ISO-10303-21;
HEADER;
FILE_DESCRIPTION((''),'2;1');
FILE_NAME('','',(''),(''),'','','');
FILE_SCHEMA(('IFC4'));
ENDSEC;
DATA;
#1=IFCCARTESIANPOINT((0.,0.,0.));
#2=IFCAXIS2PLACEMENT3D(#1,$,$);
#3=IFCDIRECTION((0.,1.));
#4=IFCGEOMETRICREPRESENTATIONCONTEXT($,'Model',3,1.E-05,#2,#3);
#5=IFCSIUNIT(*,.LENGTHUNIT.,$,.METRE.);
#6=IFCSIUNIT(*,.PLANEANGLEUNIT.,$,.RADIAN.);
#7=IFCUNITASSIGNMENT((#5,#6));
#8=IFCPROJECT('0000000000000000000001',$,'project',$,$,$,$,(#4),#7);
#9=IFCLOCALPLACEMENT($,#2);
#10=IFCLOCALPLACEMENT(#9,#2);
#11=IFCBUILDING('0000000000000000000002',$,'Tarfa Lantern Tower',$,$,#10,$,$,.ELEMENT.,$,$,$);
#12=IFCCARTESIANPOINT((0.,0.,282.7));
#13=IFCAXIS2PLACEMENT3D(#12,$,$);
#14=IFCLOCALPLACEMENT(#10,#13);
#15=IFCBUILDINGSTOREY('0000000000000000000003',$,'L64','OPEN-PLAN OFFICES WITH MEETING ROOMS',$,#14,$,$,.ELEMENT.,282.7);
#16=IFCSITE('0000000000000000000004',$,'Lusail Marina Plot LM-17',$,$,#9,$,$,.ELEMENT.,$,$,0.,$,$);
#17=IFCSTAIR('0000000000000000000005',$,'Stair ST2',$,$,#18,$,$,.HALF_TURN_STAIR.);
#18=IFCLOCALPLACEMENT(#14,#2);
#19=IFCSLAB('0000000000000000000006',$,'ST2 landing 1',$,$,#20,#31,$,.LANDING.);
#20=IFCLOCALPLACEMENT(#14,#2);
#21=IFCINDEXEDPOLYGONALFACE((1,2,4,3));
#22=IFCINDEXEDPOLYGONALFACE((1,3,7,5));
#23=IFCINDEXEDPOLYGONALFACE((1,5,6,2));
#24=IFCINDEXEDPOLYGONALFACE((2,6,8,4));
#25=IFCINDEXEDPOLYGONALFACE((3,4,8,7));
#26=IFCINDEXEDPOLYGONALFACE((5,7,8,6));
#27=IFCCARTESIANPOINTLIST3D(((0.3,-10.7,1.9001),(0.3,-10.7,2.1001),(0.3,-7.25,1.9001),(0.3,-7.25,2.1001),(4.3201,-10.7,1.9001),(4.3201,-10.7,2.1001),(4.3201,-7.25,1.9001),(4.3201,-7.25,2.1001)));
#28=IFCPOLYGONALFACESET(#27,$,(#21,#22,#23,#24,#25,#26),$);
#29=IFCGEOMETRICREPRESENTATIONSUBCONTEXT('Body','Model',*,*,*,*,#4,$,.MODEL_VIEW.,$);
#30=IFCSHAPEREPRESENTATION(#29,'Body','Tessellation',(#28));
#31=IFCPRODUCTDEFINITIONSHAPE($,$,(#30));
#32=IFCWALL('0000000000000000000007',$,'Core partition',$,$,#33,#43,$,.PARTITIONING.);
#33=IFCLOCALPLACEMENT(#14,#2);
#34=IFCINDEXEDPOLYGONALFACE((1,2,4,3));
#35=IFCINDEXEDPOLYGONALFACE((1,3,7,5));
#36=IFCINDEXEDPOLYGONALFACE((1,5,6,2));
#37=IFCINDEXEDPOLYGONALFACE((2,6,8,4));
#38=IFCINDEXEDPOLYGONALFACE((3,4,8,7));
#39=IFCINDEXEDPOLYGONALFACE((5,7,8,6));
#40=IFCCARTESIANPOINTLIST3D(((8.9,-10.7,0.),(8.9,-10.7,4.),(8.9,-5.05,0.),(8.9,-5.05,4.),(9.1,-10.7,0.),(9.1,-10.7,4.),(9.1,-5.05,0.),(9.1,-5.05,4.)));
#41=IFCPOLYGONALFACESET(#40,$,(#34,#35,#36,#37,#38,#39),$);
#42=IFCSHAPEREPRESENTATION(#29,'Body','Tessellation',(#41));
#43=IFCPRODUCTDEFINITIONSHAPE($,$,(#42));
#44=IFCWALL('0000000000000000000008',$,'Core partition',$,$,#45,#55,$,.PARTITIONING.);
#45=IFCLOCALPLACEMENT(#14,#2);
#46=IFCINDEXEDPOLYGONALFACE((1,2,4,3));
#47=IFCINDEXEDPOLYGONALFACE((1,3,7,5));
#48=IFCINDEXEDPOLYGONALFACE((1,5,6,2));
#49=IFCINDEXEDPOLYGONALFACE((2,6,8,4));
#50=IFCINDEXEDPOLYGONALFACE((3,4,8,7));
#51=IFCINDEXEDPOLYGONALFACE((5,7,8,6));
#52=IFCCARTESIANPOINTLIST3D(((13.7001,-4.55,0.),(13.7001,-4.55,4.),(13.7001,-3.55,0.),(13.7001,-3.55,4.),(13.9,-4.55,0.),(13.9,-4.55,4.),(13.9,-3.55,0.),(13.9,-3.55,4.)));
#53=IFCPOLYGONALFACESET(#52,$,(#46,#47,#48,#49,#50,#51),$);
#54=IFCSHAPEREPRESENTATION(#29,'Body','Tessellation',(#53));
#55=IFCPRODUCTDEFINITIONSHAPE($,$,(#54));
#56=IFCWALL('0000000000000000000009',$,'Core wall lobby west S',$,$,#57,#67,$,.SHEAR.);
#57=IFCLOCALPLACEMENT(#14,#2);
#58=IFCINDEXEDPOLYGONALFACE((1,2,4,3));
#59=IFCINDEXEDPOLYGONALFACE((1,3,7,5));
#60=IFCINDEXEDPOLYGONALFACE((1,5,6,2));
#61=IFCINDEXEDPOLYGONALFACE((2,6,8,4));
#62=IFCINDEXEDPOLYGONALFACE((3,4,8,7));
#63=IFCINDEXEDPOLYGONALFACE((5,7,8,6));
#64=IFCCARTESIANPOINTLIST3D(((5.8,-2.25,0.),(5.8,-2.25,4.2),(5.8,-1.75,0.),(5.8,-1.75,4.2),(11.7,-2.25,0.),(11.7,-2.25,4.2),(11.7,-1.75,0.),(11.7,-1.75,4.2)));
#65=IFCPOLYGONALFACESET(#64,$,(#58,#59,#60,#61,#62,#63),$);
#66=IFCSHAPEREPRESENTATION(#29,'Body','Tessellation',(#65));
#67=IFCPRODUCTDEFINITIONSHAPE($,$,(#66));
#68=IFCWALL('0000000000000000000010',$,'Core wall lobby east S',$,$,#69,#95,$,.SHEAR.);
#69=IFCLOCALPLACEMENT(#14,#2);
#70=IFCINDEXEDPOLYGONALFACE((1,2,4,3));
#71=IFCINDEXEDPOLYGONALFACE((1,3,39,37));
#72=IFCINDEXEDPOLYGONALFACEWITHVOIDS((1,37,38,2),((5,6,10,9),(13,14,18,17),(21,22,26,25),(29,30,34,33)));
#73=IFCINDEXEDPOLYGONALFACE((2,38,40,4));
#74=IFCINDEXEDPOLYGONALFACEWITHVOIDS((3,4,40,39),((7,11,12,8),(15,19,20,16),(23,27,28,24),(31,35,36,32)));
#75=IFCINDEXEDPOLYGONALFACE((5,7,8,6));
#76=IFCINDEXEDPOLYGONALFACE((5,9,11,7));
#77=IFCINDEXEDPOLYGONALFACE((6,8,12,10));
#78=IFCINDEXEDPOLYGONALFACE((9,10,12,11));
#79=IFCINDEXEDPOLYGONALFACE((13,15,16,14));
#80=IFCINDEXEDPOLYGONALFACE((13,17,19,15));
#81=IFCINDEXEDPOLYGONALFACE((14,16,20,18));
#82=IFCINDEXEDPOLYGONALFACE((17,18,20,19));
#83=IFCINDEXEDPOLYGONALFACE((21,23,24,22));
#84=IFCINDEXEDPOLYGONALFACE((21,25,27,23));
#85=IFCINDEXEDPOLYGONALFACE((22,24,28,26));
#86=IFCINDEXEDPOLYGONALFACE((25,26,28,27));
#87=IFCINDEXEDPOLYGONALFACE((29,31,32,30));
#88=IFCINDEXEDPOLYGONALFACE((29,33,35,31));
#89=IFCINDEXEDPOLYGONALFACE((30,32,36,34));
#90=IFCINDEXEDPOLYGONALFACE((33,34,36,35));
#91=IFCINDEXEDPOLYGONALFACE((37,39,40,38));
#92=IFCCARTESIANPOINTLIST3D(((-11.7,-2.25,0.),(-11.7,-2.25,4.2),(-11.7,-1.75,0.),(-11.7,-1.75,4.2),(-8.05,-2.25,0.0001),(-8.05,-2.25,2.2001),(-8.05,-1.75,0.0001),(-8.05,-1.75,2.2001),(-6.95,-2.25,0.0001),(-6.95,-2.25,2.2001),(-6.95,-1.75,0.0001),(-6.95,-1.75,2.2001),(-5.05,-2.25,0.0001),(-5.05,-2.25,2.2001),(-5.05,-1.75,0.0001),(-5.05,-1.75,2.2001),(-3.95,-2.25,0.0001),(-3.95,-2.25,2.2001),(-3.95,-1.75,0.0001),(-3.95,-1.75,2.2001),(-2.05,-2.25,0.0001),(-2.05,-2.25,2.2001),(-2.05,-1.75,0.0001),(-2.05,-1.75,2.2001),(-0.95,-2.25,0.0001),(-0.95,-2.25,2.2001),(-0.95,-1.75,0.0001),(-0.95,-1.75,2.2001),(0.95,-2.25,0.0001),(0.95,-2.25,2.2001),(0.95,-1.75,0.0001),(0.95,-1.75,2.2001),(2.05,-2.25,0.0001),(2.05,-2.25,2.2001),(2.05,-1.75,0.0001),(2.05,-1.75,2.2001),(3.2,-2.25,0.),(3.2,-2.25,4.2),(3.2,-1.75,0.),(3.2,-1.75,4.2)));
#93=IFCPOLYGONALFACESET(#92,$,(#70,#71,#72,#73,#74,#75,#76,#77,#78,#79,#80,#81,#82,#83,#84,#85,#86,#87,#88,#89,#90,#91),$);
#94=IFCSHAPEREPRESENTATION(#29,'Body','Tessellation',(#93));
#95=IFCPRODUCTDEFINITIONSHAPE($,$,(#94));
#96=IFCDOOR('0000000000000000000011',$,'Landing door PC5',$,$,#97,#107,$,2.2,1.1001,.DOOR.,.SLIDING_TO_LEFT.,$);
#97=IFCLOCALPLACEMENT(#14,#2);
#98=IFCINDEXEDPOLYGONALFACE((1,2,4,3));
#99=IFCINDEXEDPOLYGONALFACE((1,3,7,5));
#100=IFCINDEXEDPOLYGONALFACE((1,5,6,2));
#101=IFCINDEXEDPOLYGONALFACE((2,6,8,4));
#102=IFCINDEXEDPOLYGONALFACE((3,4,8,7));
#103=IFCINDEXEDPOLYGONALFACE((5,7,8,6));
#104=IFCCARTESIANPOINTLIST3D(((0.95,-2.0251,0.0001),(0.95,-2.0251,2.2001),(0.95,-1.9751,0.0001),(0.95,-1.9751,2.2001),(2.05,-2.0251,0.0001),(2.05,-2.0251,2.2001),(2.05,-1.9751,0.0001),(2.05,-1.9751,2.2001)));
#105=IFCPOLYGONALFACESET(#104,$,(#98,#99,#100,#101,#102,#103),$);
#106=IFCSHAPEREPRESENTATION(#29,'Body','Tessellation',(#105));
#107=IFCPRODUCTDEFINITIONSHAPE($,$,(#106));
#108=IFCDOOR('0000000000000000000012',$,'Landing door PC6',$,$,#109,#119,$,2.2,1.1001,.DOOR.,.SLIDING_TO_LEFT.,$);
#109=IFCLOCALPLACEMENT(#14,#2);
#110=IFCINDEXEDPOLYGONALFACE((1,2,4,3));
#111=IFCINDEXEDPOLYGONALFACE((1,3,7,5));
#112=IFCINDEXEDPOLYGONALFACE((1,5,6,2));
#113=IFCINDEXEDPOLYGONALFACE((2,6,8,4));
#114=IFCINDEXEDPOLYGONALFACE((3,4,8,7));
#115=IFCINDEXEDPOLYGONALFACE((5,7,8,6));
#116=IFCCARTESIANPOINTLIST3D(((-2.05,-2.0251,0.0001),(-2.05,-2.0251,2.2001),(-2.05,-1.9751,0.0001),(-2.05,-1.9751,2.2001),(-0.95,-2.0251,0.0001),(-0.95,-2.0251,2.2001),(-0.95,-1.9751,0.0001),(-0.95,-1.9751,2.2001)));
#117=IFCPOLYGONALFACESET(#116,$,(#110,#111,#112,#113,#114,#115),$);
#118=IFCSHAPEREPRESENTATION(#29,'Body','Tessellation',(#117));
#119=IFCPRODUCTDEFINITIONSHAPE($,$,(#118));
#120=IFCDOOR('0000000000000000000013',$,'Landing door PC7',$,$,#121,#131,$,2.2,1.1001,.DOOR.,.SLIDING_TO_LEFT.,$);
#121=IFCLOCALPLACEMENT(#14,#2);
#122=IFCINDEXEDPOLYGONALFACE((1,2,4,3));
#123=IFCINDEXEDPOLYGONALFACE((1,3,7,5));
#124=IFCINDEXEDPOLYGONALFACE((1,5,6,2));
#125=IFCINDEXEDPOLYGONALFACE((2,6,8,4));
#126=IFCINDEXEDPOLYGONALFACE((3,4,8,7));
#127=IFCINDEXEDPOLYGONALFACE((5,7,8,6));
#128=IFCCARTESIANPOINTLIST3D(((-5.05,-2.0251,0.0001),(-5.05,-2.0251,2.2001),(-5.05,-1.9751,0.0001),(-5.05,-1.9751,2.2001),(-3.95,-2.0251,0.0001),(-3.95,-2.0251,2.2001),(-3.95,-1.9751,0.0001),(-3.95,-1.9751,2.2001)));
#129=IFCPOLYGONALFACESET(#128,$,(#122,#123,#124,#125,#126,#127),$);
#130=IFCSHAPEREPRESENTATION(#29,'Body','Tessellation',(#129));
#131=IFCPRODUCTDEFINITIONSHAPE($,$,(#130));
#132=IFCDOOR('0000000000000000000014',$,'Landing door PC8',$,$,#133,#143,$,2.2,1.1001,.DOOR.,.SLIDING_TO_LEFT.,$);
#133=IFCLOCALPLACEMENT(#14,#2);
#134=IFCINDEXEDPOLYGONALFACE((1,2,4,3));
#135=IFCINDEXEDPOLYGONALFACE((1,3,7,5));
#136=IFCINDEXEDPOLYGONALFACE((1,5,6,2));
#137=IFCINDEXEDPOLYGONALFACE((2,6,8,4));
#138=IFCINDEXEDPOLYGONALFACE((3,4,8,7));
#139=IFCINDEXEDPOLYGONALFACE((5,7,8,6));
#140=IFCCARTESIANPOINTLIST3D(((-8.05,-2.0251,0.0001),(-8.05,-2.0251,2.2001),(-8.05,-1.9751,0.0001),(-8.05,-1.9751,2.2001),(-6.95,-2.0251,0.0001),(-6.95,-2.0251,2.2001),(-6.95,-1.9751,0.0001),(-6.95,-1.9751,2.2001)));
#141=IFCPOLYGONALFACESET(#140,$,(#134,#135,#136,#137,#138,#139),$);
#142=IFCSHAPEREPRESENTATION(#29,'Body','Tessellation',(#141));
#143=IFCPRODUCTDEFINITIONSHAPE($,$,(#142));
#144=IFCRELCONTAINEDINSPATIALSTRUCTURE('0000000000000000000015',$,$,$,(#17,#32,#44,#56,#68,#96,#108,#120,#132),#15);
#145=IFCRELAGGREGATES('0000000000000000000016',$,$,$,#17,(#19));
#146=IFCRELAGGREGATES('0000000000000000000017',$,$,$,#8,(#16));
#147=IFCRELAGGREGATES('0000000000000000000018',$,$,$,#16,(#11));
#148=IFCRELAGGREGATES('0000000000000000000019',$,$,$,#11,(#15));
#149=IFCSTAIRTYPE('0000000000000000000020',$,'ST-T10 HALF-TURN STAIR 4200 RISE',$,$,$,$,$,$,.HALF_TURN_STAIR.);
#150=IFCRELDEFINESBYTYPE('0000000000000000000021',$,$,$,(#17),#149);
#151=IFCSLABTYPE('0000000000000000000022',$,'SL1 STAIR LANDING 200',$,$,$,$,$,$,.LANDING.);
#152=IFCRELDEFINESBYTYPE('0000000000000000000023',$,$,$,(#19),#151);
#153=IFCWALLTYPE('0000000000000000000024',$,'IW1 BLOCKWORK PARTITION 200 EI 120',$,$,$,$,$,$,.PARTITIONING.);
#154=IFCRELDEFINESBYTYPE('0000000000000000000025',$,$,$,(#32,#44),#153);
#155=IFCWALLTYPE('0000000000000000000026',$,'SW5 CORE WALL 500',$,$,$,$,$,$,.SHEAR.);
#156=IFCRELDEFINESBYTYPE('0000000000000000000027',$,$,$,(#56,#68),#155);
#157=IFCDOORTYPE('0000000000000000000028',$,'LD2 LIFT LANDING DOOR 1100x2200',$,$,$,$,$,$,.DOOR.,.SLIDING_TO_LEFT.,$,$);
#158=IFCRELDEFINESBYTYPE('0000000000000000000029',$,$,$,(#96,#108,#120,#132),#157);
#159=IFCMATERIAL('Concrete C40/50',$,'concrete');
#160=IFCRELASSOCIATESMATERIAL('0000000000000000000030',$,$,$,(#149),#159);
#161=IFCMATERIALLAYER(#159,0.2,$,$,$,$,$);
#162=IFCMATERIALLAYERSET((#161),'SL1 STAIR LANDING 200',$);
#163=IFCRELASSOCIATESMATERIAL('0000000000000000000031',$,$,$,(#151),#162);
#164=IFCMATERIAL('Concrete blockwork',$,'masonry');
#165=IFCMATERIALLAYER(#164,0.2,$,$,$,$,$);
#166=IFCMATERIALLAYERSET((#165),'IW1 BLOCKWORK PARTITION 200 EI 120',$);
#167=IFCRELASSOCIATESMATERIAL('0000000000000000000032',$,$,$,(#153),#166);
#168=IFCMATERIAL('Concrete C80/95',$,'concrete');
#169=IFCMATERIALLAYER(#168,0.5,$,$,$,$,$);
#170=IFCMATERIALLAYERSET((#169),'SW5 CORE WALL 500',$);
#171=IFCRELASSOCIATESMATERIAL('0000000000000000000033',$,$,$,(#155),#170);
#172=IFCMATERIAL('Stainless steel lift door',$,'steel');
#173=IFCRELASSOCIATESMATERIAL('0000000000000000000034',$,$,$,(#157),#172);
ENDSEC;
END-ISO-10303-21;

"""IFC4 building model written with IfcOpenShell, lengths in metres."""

from ifc_helpers import new_model, si_unit, direction, frame, frame_2d, origin, place, context, subcontext, project, spatial, polyline, rectangle, outline, extrude, material, layer, layer_set, type_object, element, fill, aggregate, save


model = new_model("IFC4")

# Units and contexts
model_context = context("Model", 3, precision=1e-05, world=origin(), true_north=direction((0.0, 1.0)))
body_context = subcontext(model_context, "Body", "Model", "MODEL_VIEW")
ifc_project = project(units=[si_unit("LENGTHUNIT", "METRE"), si_unit("PLANEANGLEUNIT", "RADIAN")], contexts=[model_context])

# Site, building, storey
site_placement = place(None, origin())
site = spatial("IfcSite", under=ifc_project, at=site_placement, Name="Lusail Marina Plot LM-17", CompositionType="ELEMENT", RefElevation=0.0)
building_placement = place(site_placement, origin())
building = spatial("IfcBuilding", under=site, at=building_placement, Name="Tarfa Lantern Tower", CompositionType="ELEMENT")
storey_placement = place(building_placement, frame((0.0, 0.0, 282.7)))
storey = spatial("IfcBuildingStorey", under=building, at=storey_placement, Name="L64", Description="OPEN-PLAN OFFICES WITH MEETING ROOMS", CompositionType="ELEMENT", Elevation=282.7)

# Stair, slab
ifc_material_1 = material(Name="Concrete C40/50", Category="concrete")
stair_type = type_object("IfcStairType", Name="ST-T10 HALF-TURN STAIR 4200 RISE", PredefinedType="HALF_TURN_STAIR", material=ifc_material_1)
stair_placement = place(storey_placement, origin())
stair = element("IfcStair", 1, at=stair_placement, inside=storey, type_object=stair_type, Name="Stair ST2", PredefinedType="HALF_TURN_STAIR")
ifc_layer_1 = layer(ifc_material_1, 0.2)
ifc_layer_set_1 = layer_set([ifc_layer_1], Name="SL1 STAIR LANDING 200")
slab_type = type_object("IfcSlabType", Name="SL1 STAIR LANDING 200", PredefinedType="LANDING", material=ifc_layer_set_1)
slab_placement = place(storey_placement, frame((0.0, 0.0, 1.9001)))
slab = element("IfcSlab", 2, at=slab_placement, type_object=slab_type, Name="ST2 landing 1", PredefinedType="LANDING", context=body_context, shape_type="SweptSolid", body=[
    extrude(outline(polyline([(4.3201, -7.25), (0.3, -7.25), (0.3, -10.7), (4.3201, -10.7), (4.3201, -7.25)])), origin(), (0.0, 0.0, 1.0), 0.2),
])
aggregate(stair, [slab])

# Walls
ifc_material_2 = material(Name="Concrete blockwork", Category="masonry")
ifc_layer_2 = layer(ifc_material_2, 0.2)
ifc_layer_set_2 = layer_set([ifc_layer_2], Name="IW1 BLOCKWORK PARTITION 200 EI 120")
wall_type_1 = type_object("IfcWallType", Name="IW1 BLOCKWORK PARTITION 200 EI 120", PredefinedType="PARTITIONING", material=ifc_layer_set_2)
wall_1_placement = place(storey_placement, frame((9.0, -5.05, 0.0), z_axis=(0.0, 0.0, 1.0), x_axis=(0.0, -1.0, 0.0)))
element("IfcWall", 3, at=wall_1_placement, inside=storey, type_object=wall_type_1, Name="Core partition", PredefinedType="PARTITIONING", context=body_context, shape_type="SweptSolid", body=[
    extrude(rectangle(XDim=5.6499, YDim=0.2, at=frame_2d((2.825, 0.0))), origin(), (0.0, 0.0, 1.0), 4.0),
])
wall_2_placement = place(storey_placement, frame((13.8, -3.55, 0.0), z_axis=(0.0, 0.0, 1.0), x_axis=(0.0, -1.0, 0.0)))
element("IfcWall", 4, at=wall_2_placement, inside=storey, type_object=wall_type_1, Name="Core partition", PredefinedType="PARTITIONING", context=body_context, shape_type="SweptSolid", body=[
    extrude(rectangle(XDim=1.0, YDim=0.2, at=frame_2d((0.5, 0.0))), origin(), (0.0, 0.0, 1.0), 4.0),
])
ifc_material_3 = material(Name="Concrete C80/95", Category="concrete")
ifc_layer_3 = layer(ifc_material_3, 0.5)
ifc_layer_set_3 = layer_set([ifc_layer_3], Name="SW5 CORE WALL 500")
wall_type_2 = type_object("IfcWallType", Name="SW5 CORE WALL 500", PredefinedType="SHEAR", material=ifc_layer_set_3)
wall_3_placement = place(storey_placement, frame((11.7, -2.0, 0.0), z_axis=(0.0, 0.0, 1.0), x_axis=(-1.0, 0.0, 0.0)))
element("IfcWall", 5, at=wall_3_placement, inside=storey, type_object=wall_type_2, Name="Core wall lobby west S", PredefinedType="SHEAR", context=body_context, shape_type="SweptSolid", body=[
    extrude(rectangle(XDim=5.8999, YDim=0.5, at=frame_2d((2.95, 0.0))), origin(), (0.0, 0.0, 1.0), 4.2),
])

# Wall, openings, doors
wall_4_placement = place(storey_placement, frame((3.2, -2.0, 0.0), z_axis=(0.0, 0.0, 1.0), x_axis=(-1.0, 0.0, 0.0)))
wall_4 = element("IfcWall", 6, at=wall_4_placement, inside=storey, type_object=wall_type_2, Name="Core wall lobby east S", PredefinedType="SHEAR", context=body_context, shape_type="SweptSolid", body=[
    extrude(rectangle(XDim=14.8999, YDim=0.5, at=frame_2d((7.45, 0.0))), origin(), (0.0, 0.0, 1.0), 4.2),
])
opening_1_placement = place(wall_4_placement, frame((1.1499, 0.0, 0.0)))
opening_1 = element("IfcOpeningElement", 7, at=opening_1_placement, cuts=wall_4, PredefinedType="OPENING", context=body_context, shape_type="SweptSolid", body=[
    extrude(rectangle(XDim=1.1001, YDim=2.2, at=frame_2d((0.55, 1.1001))), frame((0.0, 0.26, 0.0), z_axis=(0.0, -1.0, 0.0), x_axis=(1.0, 0.0, 0.0)), (0.0, 0.0, 1.0), 0.52),
])
opening_2_placement = place(wall_4_placement, frame((4.1499, 0.0, 0.0)))
opening_2 = element("IfcOpeningElement", 8, at=opening_2_placement, cuts=wall_4, PredefinedType="OPENING", context=body_context, shape_type="SweptSolid", body=[
    extrude(rectangle(XDim=1.1001, YDim=2.2, at=frame_2d((0.55, 1.1001))), frame((0.0, 0.26, 0.0), z_axis=(0.0, -1.0, 0.0), x_axis=(1.0, 0.0, 0.0)), (0.0, 0.0, 1.0), 0.52),
])
opening_3_placement = place(wall_4_placement, frame((7.1499, 0.0, 0.0)))
opening_3 = element("IfcOpeningElement", 9, at=opening_3_placement, cuts=wall_4, PredefinedType="OPENING", context=body_context, shape_type="SweptSolid", body=[
    extrude(rectangle(XDim=1.1001, YDim=2.2, at=frame_2d((0.55, 1.1001))), frame((0.0, 0.26, 0.0), z_axis=(0.0, -1.0, 0.0), x_axis=(1.0, 0.0, 0.0)), (0.0, 0.0, 1.0), 0.52),
])
opening_4_placement = place(wall_4_placement, frame((10.1499, 0.0, 0.0)))
opening_4 = element("IfcOpeningElement", 10, at=opening_4_placement, cuts=wall_4, PredefinedType="OPENING", context=body_context, shape_type="SweptSolid", body=[
    extrude(rectangle(XDim=1.1001, YDim=2.2, at=frame_2d((0.55, 1.1001))), frame((0.0, 0.26, 0.0), z_axis=(0.0, -1.0, 0.0), x_axis=(1.0, 0.0, 0.0)), (0.0, 0.0, 1.0), 0.52),
])
ifc_material_4 = material(Name="Stainless steel lift door", Category="steel")
door_type_1 = type_object("IfcDoorType", Name="LD2 LIFT LANDING DOOR 1100x2200", OperationType="SLIDING_TO_LEFT", PredefinedType="DOOR", material=ifc_material_4)
door_1_placement = place(opening_1_placement, frame((1.1001, 0.0, 0.0), z_axis=(0.0, 0.0, 1.0), x_axis=(-1.0, 0.0, 0.0)))
door_1 = element("IfcDoor", 11, at=door_1_placement, inside=storey, type_object=door_type_1, Name="Landing door PC5", OperationType="SLIDING_TO_LEFT", OverallHeight=2.2, OverallWidth=1.1001, PredefinedType="DOOR", context=body_context, shape_type="SweptSolid", body=[
    extrude(rectangle(XDim=1.1001, YDim=2.2, at=frame_2d((0.55, 1.1001))), frame((0.0, 0.0249, 0.0), z_axis=(0.0, -1.0, 0.0), x_axis=(1.0, 0.0, 0.0)), (0.0, 0.0, 1.0), 0.05),
])
fill(opening_1, door_1)
door_2_placement = place(opening_2_placement, frame((1.1001, 0.0, 0.0), z_axis=(0.0, 0.0, 1.0), x_axis=(-1.0, 0.0, 0.0)))
door_2 = element("IfcDoor", 12, at=door_2_placement, inside=storey, type_object=door_type_1, Name="Landing door PC6", OperationType="SLIDING_TO_LEFT", OverallHeight=2.2, OverallWidth=1.1001, PredefinedType="DOOR", context=body_context, shape_type="SweptSolid", body=[
    extrude(rectangle(XDim=1.1001, YDim=2.2, at=frame_2d((0.55, 1.1001))), frame((0.0, 0.0249, 0.0), z_axis=(0.0, -1.0, 0.0), x_axis=(1.0, 0.0, 0.0)), (0.0, 0.0, 1.0), 0.05),
])
fill(opening_2, door_2)
door_3_placement = place(opening_3_placement, frame((1.1001, 0.0, 0.0), z_axis=(0.0, 0.0, 1.0), x_axis=(-1.0, 0.0, 0.0)))
door_3 = element("IfcDoor", 13, at=door_3_placement, inside=storey, type_object=door_type_1, Name="Landing door PC7", OperationType="SLIDING_TO_LEFT", OverallHeight=2.2, OverallWidth=1.1001, PredefinedType="DOOR", context=body_context, shape_type="SweptSolid", body=[
    extrude(rectangle(XDim=1.1001, YDim=2.2, at=frame_2d((0.55, 1.1001))), frame((0.0, 0.0249, 0.0), z_axis=(0.0, -1.0, 0.0), x_axis=(1.0, 0.0, 0.0)), (0.0, 0.0, 1.0), 0.05),
])
fill(opening_3, door_3)
door_4_placement = place(opening_4_placement, frame((1.1001, 0.0, 0.0), z_axis=(0.0, 0.0, 1.0), x_axis=(-1.0, 0.0, 0.0)))
door_4 = element("IfcDoor", 14, at=door_4_placement, inside=storey, type_object=door_type_1, Name="Landing door PC8", OperationType="SLIDING_TO_LEFT", OverallHeight=2.2, OverallWidth=1.1001, PredefinedType="DOOR", context=body_context, shape_type="SweptSolid", body=[
    extrude(rectangle(XDim=1.1001, YDim=2.2, at=frame_2d((0.55, 1.1001))), frame((0.0, 0.0249, 0.0), z_axis=(0.0, -1.0, 0.0), x_axis=(1.0, 0.0, 0.0)), (0.0, 0.0, 1.0), 0.05),
])
fill(opening_4, door_4)

save(model, "model.ifc")
